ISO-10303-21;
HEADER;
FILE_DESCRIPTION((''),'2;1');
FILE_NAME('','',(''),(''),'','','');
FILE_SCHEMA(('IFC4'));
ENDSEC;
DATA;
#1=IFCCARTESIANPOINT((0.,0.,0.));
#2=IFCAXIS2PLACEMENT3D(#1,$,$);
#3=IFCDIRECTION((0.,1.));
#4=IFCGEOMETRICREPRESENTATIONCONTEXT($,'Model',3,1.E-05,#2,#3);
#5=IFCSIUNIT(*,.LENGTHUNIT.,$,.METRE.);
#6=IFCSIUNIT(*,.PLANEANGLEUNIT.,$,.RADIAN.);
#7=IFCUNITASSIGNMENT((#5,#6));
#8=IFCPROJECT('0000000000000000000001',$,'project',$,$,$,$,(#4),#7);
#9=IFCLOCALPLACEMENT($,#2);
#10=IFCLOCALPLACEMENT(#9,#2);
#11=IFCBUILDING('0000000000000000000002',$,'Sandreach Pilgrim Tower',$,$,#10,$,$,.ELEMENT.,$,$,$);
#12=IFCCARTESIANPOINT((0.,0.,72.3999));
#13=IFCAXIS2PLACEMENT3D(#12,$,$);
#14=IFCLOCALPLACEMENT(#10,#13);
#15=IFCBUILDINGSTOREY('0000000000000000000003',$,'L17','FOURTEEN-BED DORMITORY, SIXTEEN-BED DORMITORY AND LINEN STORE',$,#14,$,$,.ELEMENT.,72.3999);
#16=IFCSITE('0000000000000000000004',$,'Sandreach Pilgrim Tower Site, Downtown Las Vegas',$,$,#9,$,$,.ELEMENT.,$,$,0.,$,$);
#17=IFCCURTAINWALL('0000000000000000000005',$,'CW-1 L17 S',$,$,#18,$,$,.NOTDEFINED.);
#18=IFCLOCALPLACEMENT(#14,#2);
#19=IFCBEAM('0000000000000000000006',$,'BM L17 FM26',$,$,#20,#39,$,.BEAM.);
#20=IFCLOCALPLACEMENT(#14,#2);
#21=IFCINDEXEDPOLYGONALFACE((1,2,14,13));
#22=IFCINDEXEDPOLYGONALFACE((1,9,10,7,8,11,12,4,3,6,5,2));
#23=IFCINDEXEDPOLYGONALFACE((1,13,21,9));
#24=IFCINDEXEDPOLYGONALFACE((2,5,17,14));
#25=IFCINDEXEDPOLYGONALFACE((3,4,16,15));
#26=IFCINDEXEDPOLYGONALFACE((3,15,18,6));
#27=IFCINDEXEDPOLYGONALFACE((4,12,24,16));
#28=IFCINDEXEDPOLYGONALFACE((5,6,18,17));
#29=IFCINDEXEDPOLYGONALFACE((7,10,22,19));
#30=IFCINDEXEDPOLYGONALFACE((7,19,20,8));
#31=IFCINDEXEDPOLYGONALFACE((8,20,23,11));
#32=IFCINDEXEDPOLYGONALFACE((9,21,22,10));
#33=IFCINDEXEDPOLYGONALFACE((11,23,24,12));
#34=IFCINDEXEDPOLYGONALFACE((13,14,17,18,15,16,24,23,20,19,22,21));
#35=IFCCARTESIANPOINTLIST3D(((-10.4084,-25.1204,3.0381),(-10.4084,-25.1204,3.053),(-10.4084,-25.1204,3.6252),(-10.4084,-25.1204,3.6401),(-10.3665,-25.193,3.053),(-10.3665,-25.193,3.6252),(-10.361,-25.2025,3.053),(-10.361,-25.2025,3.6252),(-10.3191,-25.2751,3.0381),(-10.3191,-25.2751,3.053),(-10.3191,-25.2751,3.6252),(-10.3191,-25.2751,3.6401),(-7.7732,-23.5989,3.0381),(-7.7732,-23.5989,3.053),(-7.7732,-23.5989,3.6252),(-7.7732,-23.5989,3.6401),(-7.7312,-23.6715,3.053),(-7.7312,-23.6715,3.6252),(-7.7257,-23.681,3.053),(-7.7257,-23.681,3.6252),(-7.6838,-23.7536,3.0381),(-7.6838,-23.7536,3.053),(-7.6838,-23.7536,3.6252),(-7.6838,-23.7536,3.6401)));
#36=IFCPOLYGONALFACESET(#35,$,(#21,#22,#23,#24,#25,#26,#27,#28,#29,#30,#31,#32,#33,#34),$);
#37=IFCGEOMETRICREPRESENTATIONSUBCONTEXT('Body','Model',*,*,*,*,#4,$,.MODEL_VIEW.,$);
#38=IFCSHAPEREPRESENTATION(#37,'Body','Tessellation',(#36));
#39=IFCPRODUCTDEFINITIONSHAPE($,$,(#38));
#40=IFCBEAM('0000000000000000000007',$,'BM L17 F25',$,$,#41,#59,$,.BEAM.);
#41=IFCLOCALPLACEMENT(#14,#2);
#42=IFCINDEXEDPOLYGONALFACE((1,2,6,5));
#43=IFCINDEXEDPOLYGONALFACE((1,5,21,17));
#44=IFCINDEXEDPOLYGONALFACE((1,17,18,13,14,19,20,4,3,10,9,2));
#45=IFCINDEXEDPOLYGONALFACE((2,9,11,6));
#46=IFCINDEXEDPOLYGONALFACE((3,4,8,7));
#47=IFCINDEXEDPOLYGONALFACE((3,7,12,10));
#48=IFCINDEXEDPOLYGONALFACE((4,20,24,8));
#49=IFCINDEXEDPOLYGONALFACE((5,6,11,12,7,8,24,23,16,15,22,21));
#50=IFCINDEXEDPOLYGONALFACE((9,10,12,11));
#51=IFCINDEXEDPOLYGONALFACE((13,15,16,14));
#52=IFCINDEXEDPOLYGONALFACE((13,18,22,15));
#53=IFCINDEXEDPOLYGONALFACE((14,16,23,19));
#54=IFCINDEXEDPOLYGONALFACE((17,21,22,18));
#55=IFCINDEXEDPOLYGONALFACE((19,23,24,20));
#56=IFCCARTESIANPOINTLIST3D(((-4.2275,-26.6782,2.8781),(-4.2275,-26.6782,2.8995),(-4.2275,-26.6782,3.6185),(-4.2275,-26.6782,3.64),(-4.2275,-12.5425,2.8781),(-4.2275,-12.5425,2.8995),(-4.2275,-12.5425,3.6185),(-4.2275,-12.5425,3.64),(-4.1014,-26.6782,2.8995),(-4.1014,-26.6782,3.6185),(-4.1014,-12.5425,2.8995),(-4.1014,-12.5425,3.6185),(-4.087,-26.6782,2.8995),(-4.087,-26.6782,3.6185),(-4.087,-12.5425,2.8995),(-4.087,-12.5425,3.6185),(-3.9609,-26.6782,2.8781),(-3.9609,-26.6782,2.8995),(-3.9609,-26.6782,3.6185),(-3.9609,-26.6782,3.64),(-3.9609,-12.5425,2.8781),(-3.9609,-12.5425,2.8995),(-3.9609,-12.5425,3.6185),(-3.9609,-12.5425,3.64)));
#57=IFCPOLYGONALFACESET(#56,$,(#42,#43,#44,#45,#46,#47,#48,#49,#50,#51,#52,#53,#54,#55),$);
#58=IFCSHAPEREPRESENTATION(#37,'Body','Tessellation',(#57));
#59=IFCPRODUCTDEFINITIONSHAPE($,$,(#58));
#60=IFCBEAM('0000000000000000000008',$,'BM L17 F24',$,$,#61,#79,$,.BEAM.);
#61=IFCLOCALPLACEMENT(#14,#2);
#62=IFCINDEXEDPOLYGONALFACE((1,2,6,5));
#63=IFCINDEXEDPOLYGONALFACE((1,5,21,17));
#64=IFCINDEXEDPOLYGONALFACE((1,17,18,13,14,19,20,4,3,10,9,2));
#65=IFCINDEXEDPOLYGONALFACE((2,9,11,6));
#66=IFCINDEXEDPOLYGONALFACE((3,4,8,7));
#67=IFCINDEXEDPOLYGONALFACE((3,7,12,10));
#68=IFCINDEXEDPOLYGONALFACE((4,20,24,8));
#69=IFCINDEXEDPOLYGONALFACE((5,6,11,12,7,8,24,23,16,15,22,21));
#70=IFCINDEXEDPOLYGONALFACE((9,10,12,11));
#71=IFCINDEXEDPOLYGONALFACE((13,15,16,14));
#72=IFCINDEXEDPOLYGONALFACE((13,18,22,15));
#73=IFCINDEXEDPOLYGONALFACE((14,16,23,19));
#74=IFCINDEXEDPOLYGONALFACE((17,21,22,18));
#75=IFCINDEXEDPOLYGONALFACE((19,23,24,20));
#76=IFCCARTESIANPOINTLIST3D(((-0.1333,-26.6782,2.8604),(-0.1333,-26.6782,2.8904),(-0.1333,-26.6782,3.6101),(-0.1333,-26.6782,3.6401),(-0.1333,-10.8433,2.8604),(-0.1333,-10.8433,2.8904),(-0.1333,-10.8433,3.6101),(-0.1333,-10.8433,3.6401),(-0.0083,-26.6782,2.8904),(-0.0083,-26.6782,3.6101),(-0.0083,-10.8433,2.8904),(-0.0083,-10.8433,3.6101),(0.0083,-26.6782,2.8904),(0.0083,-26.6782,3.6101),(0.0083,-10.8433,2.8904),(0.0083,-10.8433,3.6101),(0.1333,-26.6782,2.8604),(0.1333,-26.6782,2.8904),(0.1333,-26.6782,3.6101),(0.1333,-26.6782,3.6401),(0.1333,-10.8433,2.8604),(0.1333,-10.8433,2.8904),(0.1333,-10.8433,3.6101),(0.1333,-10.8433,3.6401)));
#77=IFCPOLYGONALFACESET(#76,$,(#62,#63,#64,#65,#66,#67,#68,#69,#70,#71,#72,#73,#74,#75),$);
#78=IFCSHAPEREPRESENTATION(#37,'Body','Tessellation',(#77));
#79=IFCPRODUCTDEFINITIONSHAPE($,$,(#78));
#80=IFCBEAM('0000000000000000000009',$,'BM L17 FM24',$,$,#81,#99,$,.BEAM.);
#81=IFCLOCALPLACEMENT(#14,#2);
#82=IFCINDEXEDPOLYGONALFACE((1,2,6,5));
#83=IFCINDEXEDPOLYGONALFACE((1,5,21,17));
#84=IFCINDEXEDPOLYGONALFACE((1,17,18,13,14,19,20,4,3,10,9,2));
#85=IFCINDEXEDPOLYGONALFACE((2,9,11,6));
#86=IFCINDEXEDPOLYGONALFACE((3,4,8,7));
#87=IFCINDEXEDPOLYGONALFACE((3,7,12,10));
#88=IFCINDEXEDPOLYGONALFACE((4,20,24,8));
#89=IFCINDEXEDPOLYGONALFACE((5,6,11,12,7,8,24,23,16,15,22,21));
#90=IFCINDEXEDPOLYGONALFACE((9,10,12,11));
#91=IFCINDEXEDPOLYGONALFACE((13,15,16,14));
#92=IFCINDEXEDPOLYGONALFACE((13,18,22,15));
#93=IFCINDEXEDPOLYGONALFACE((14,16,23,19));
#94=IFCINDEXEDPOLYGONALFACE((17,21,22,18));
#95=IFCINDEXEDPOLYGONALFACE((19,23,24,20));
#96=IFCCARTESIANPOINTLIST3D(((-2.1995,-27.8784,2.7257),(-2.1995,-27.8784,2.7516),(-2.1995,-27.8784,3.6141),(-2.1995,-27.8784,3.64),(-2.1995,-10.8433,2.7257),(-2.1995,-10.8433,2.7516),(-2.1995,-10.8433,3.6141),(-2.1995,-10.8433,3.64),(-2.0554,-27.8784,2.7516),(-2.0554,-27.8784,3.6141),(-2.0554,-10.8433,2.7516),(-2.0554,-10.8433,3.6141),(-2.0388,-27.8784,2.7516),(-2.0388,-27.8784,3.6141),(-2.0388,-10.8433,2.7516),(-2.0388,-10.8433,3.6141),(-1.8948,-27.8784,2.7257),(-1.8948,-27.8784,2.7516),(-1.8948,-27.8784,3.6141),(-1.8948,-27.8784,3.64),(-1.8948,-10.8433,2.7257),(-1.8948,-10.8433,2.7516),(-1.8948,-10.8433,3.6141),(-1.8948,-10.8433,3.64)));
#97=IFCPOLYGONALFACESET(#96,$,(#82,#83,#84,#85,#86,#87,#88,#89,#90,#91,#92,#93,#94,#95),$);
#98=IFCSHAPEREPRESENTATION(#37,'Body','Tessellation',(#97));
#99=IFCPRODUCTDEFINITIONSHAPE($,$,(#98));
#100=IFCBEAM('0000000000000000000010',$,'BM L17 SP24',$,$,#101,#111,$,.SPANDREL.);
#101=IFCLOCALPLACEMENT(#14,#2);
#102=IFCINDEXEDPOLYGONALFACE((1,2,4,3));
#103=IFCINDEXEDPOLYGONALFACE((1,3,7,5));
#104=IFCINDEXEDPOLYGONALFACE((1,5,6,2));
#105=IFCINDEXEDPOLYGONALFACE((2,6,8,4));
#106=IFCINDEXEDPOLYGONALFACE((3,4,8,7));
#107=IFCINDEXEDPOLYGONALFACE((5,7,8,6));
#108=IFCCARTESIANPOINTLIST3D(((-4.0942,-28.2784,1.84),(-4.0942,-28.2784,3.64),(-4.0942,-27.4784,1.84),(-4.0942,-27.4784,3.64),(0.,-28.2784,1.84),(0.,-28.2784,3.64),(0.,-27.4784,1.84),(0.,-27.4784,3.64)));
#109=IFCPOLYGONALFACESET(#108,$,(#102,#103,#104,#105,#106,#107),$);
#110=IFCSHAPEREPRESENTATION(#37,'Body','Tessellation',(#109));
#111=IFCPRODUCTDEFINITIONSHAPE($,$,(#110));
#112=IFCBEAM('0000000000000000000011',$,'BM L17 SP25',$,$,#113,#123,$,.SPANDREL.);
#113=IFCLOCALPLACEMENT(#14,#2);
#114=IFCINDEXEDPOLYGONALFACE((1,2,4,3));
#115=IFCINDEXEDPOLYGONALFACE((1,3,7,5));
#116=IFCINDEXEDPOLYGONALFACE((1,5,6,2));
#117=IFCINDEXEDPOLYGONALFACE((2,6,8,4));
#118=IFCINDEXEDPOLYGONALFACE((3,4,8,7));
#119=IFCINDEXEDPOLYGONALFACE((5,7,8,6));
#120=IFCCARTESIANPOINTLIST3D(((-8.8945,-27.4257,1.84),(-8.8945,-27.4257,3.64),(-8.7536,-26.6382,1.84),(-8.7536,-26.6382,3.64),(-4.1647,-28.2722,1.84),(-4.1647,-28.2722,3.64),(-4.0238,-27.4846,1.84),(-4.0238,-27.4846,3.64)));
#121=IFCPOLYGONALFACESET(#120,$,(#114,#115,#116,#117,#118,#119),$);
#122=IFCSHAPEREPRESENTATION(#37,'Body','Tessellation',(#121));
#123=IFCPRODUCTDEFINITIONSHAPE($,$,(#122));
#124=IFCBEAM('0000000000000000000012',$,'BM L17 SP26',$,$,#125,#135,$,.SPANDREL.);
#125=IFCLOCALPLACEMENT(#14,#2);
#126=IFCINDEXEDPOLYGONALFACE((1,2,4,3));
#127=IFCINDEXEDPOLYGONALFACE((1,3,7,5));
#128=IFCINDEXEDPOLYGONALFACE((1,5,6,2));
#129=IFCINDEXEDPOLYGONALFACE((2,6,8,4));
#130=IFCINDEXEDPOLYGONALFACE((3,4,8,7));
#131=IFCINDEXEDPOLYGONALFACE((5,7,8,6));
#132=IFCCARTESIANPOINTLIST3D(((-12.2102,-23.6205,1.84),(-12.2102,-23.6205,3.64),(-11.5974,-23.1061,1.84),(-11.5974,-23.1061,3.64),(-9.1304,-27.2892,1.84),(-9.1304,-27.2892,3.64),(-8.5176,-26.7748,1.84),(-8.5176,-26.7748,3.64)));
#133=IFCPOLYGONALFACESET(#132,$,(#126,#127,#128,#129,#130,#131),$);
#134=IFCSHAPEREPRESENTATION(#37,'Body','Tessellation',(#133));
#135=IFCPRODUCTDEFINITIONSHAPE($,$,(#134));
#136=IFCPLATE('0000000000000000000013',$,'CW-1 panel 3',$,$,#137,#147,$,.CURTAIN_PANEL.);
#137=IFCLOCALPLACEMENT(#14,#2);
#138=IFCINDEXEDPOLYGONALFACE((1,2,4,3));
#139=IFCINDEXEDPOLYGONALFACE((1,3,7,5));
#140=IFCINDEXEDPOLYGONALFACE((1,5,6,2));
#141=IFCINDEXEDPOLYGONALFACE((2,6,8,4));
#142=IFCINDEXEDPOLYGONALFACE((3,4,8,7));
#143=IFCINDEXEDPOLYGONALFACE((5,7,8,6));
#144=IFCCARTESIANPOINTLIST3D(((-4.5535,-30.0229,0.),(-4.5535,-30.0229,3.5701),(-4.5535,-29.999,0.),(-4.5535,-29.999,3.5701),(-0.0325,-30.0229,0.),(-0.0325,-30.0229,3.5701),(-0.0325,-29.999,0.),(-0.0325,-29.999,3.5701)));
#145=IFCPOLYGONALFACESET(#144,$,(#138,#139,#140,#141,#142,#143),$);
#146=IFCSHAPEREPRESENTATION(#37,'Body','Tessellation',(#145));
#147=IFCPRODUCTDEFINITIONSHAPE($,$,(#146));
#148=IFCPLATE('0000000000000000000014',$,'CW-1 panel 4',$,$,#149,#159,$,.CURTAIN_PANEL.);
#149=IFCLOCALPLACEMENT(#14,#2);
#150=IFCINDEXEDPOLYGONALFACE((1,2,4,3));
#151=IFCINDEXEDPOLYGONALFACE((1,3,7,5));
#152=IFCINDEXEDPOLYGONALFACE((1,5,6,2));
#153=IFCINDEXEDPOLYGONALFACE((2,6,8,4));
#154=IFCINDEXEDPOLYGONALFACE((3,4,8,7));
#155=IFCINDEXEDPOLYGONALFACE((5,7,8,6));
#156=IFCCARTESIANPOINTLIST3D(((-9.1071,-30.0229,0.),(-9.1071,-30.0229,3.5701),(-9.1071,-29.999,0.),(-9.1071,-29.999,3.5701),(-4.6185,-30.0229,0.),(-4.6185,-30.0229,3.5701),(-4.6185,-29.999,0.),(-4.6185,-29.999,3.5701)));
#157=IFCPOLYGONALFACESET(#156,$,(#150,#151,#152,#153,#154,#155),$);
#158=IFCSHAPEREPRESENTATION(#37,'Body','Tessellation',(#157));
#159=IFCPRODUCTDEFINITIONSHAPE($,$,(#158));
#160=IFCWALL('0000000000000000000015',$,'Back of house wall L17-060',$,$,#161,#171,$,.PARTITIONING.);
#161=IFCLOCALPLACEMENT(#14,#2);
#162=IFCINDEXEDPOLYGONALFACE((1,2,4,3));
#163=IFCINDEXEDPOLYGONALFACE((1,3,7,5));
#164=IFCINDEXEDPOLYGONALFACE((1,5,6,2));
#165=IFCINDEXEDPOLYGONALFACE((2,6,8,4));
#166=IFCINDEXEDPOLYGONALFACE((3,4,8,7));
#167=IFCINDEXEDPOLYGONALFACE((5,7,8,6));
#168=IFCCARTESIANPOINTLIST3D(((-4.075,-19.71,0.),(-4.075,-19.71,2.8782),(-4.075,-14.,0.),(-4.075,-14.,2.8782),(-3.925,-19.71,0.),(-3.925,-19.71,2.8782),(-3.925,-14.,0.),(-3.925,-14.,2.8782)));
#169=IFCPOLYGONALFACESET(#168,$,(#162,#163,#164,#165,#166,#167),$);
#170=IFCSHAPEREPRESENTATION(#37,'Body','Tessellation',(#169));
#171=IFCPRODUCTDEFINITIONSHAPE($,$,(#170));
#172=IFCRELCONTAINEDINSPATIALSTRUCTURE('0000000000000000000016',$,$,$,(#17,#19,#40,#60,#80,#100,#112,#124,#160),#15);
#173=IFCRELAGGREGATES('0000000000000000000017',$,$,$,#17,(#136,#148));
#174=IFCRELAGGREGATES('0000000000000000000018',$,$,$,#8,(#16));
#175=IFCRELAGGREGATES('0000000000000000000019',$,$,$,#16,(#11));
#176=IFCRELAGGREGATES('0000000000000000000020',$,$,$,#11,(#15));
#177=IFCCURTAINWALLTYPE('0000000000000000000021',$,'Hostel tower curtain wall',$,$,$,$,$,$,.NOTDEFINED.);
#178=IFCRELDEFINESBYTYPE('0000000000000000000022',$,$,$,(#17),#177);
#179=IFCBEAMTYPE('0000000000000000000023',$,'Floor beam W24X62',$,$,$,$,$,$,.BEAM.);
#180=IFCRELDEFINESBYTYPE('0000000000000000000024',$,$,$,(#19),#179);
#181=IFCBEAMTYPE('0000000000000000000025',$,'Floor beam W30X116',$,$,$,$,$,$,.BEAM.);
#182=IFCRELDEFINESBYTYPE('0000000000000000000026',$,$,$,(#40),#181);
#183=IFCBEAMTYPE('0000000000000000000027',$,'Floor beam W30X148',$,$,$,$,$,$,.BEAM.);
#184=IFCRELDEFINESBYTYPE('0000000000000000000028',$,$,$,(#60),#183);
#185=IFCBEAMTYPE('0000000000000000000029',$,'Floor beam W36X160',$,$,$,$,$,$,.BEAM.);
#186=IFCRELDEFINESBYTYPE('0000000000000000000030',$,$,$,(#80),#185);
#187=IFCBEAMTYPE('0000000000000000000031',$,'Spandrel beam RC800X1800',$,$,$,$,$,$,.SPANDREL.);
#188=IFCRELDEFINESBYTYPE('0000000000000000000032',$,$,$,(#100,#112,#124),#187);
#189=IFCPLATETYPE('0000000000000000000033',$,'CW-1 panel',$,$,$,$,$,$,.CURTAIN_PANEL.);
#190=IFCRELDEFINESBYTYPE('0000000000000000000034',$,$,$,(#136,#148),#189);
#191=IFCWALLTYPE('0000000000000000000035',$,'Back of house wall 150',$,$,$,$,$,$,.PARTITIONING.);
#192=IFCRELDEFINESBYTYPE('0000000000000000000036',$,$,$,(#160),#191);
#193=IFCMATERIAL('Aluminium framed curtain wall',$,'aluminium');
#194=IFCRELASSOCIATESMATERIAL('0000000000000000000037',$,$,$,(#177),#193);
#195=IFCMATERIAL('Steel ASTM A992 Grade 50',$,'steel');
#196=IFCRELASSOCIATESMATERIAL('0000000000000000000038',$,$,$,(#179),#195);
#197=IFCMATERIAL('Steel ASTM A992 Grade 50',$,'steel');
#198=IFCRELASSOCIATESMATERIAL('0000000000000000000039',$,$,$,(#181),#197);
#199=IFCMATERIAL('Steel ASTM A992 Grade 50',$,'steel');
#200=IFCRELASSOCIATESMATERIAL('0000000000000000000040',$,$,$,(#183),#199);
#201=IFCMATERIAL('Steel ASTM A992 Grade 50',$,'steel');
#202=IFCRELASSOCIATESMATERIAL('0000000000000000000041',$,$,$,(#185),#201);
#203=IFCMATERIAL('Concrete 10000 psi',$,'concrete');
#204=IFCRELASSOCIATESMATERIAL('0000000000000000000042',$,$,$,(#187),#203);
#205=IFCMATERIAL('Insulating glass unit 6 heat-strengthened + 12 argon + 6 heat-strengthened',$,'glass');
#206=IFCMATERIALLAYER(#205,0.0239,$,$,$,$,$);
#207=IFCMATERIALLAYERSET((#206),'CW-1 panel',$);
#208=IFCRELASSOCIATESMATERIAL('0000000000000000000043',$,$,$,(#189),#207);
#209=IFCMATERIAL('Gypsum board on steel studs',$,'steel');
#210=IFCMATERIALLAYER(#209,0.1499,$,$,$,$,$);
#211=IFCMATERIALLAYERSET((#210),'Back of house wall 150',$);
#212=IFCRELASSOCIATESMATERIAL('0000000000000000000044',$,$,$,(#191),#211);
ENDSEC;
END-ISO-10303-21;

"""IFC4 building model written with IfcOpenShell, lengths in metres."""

from ifc_helpers import new_model, si_unit, direction, frame, frame_2d, origin, origin_2d, place, context, subcontext, project, spatial, rectangle, i_section, extrude, material, layer, layer_set, material_profile, profile_set, type_object, element, aggregate, save


model = new_model("IFC4")

# Units and contexts
model_context = context("Model", 3, precision=1e-05, world=origin(), true_north=direction((0.0, 1.0)))
body_context = subcontext(model_context, "Body", "Model", "MODEL_VIEW")
ifc_project = project(units=[si_unit("LENGTHUNIT", "METRE"), si_unit("PLANEANGLEUNIT", "RADIAN")], contexts=[model_context])

# Site, building, storey
site_placement = place(None, origin())
site = spatial("IfcSite", under=ifc_project, at=site_placement, Name="Sandreach Pilgrim Tower Site, Downtown Las Vegas", CompositionType="ELEMENT", RefElevation=0.0)
building_placement = place(site_placement, origin())
building = spatial("IfcBuilding", under=site, at=building_placement, Name="Sandreach Pilgrim Tower", CompositionType="ELEMENT")
storey_placement = place(building_placement, frame((0.0, 0.0, 72.3999)))
storey = spatial("IfcBuildingStorey", under=building, at=storey_placement, Name="L17", Description="FOURTEEN-BED DORMITORY, SIXTEEN-BED DORMITORY AND LINEN STORE", CompositionType="ELEMENT", Elevation=72.3999)

# Curtain wall
ifc_material_1 = material(Name="Aluminium framed curtain wall", Category="aluminium")
curtain_wall_type = type_object("IfcCurtainWallType", Name="Hostel tower curtain wall", PredefinedType="NOTDEFINED", material=ifc_material_1)
curtain_wall_1_placement = place(storey_placement, origin())
curtain_wall_1 = element("IfcCurtainWall", 1, at=curtain_wall_1_placement, inside=storey, type_object=curtain_wall_type, Name="CW-1 L17 S", PredefinedType="NOTDEFINED")

# Beams
ifc_material_2 = material(Name="Steel ASTM A992 Grade 50", Category="steel")
ifc_material_profile_1 = material_profile(ifc_material_2, i_section(OverallWidth=0.1787, OverallDepth=0.6021, WebThickness=0.011, FlangeThickness=0.0149, at=origin_2d()), Name="W24X62")
ifc_profile_set_1 = profile_set([ifc_material_profile_1], Name="Steel ASTM A992 Grade 50")
beam_type_1 = type_object("IfcBeamType", Name="Floor beam W24X62", PredefinedType="BEAM", material=ifc_profile_set_1)
beam_1_placement = place(storey_placement, frame((-10.3638, -25.1978, 3.3391), z_axis=(0.866023, 0.500005, 0.0), x_axis=(-0.500005, 0.866023, 0.0)))
element("IfcBeam", 2, at=beam_1_placement, inside=storey, type_object=beam_type_1, Name="BM L17 FM26", PredefinedType="BEAM", context=body_context, shape_type="SweptSolid", body=[
    extrude(i_section(OverallWidth=0.1787, OverallDepth=0.6021, WebThickness=0.011, FlangeThickness=0.0149, at=origin_2d()), origin(), (0.0, 0.0, 1.0), 3.043),
])
ifc_material_3 = material(Name="Steel ASTM A992 Grade 50", Category="steel")
ifc_material_profile_2 = material_profile(ifc_material_3, i_section(OverallWidth=0.2666, OverallDepth=0.762, WebThickness=0.0144, FlangeThickness=0.0215, at=origin_2d()), Name="W30X116")
ifc_profile_set_2 = profile_set([ifc_material_profile_2], Name="Steel ASTM A992 Grade 50")
beam_type_2 = type_object("IfcBeamType", Name="Floor beam W30X116", PredefinedType="BEAM", material=ifc_profile_set_2)
beam_2_placement = place(storey_placement, frame((-4.0942, -26.6782, 3.259), z_axis=(0.0, 1.0, 0.0), x_axis=(-1.0, 0.0, 0.0)))
element("IfcBeam", 3, at=beam_2_placement, inside=storey, type_object=beam_type_2, Name="BM L17 F25", PredefinedType="BEAM", context=body_context, shape_type="SweptSolid", body=[
    extrude(i_section(OverallWidth=0.2666, OverallDepth=0.762, WebThickness=0.0144, FlangeThickness=0.0215, at=origin_2d()), origin(), (0.0, 0.0, 1.0), 14.1357),
])
ifc_material_4 = material(Name="Steel ASTM A992 Grade 50", Category="steel")
ifc_material_profile_3 = material_profile(ifc_material_4, i_section(OverallWidth=0.2666, OverallDepth=0.7798, WebThickness=0.0166, FlangeThickness=0.03, at=origin_2d()), Name="W30X148")
ifc_profile_set_3 = profile_set([ifc_material_profile_3], Name="Steel ASTM A992 Grade 50")
beam_type_3 = type_object("IfcBeamType", Name="Floor beam W30X148", PredefinedType="BEAM", material=ifc_profile_set_3)
beam_3_placement = place(storey_placement, frame((0.0, -26.6782, 3.2502), z_axis=(0.0, 1.0, 0.0), x_axis=(-1.0, 0.0, 0.0)))
element("IfcBeam", 4, at=beam_3_placement, inside=storey, type_object=beam_type_3, Name="BM L17 F24", PredefinedType="BEAM", context=body_context, shape_type="SweptSolid", body=[
    extrude(i_section(OverallWidth=0.2666, OverallDepth=0.7798, WebThickness=0.0166, FlangeThickness=0.03, at=origin_2d()), origin(), (0.0, 0.0, 1.0), 15.835),
])
ifc_material_5 = material(Name="Steel ASTM A992 Grade 50", Category="steel")
ifc_material_profile_4 = material_profile(ifc_material_5, i_section(OverallWidth=0.3047, OverallDepth=0.9143, WebThickness=0.0166, FlangeThickness=0.0259, at=origin_2d()), Name="W36X160")
ifc_profile_set_4 = profile_set([ifc_material_profile_4], Name="Steel ASTM A992 Grade 50")
beam_type_4 = type_object("IfcBeamType", Name="Floor beam W36X160", PredefinedType="BEAM", material=ifc_profile_set_4)
beam_4_placement = place(storey_placement, frame((-2.0471, -27.8784, 3.1829), z_axis=(0.0, 1.0, 0.0), x_axis=(-1.0, 0.0, 0.0)))
element("IfcBeam", 5, at=beam_4_placement, inside=storey, type_object=beam_type_4, Name="BM L17 FM24", PredefinedType="BEAM", context=body_context, shape_type="SweptSolid", body=[
    extrude(i_section(OverallWidth=0.3047, OverallDepth=0.9143, WebThickness=0.0166, FlangeThickness=0.0259, at=origin_2d()), origin(), (0.0, 0.0, 1.0), 17.0352),
])
ifc_material_6 = material(Name="Concrete 10000 psi", Category="concrete")
ifc_material_profile_5 = material_profile(ifc_material_6, rectangle(XDim=0.8, YDim=1.8, at=origin_2d()), Name="RC800X1800")
ifc_profile_set_5 = profile_set([ifc_material_profile_5], Name="Concrete 10000 psi")
beam_type_5 = type_object("IfcBeamType", Name="Spandrel beam RC800X1800", PredefinedType="SPANDREL", material=ifc_profile_set_5)
beam_5_placement = place(storey_placement, frame((0.0, -27.8784, 2.74), z_axis=(-1.0, 0.0, 0.0), x_axis=(0.0, -1.0, 0.0)))
element("IfcBeam", 6, at=beam_5_placement, inside=storey, type_object=beam_type_5, Name="BM L17 SP24", PredefinedType="SPANDREL", context=body_context, shape_type="SweptSolid", body=[
    extrude(rectangle(XDim=0.8, YDim=1.8, at=origin_2d()), origin(), (0.0, 0.0, 1.0), 4.0942),
])
beam_6_placement = place(storey_placement, frame((-4.0942, -27.8784, 2.74), z_axis=(-0.984361, 0.176162, 0.0), x_axis=(-0.176162, -0.984361, 0.0)))
element("IfcBeam", 7, at=beam_6_placement, inside=storey, type_object=beam_type_5, Name="BM L17 SP25", PredefinedType="SPANDREL", context=body_context, shape_type="SweptSolid", body=[
    extrude(rectangle(XDim=0.8, YDim=1.8, at=origin_2d()), origin(), (0.0, 0.0, 1.0), 4.8049),
])
beam_7_placement = place(storey_placement, frame((-8.824, -27.032, 2.74), z_axis=(-0.642963, 0.765898, 0.0), x_axis=(-0.765898, -0.642963, 0.0)))
element("IfcBeam", 8, at=beam_7_placement, inside=storey, type_object=beam_type_5, Name="BM L17 SP26", PredefinedType="SPANDREL", context=body_context, shape_type="SweptSolid", body=[
    extrude(rectangle(XDim=0.8, YDim=1.8, at=origin_2d()), origin(), (0.0, 0.0, 1.0), 4.79),
])

# Plates
ifc_material_7 = material(Name="Insulating glass unit 6 heat-strengthened + 12 argon + 6 heat-strengthened", Category="glass")
ifc_layer_1 = layer(ifc_material_7, 0.0239)
ifc_layer_set_1 = layer_set([ifc_layer_1], Name="CW-1 panel")
plate_type = type_object("IfcPlateType", Name="CW-1 panel", PredefinedType="CURTAIN_PANEL", material=ifc_layer_set_1)
plate_1_placement = place(storey_placement, frame((-2.293, -30.011, 0.0), z_axis=(0.0, 0.0, 1.0), x_axis=(-1.0, 0.0, 0.0)))
plate_1 = element("IfcPlate", 9, at=plate_1_placement, type_object=plate_type, Name="CW-1 panel 3", PredefinedType="CURTAIN_PANEL", context=body_context, shape_type="SweptSolid", body=[
    extrude(rectangle(XDim=4.521, YDim=0.0239, at=origin_2d()), origin(), (0.0, 0.0, 1.0), 3.5701),
])
plate_2_placement = place(storey_placement, frame((-6.8628, -30.011, 0.0), z_axis=(0.0, 0.0, 1.0), x_axis=(-1.0, 0.0, 0.0)))
plate_2 = element("IfcPlate", 10, at=plate_2_placement, type_object=plate_type, Name="CW-1 panel 4", PredefinedType="CURTAIN_PANEL", context=body_context, shape_type="SweptSolid", body=[
    extrude(rectangle(XDim=4.4885, YDim=0.0239, at=origin_2d()), origin(), (0.0, 0.0, 1.0), 3.5701),
])
aggregate(curtain_wall_1, [plate_1, plate_2])

# Wall
ifc_material_8 = material(Name="Gypsum board on steel studs", Category="steel")
ifc_layer_2 = layer(ifc_material_8, 0.1499)
ifc_layer_set_2 = layer_set([ifc_layer_2], Name="Back of house wall 150")
wall_type_1 = type_object("IfcWallType", Name="Back of house wall 150", PredefinedType="PARTITIONING", material=ifc_layer_set_2)
wall_1_placement = place(storey_placement, frame((-4.0, -14.0, 0.0), z_axis=(0.0, 0.0, 1.0), x_axis=(0.0, -1.0, 0.0)))
element("IfcWall", 11, at=wall_1_placement, inside=storey, type_object=wall_type_1, Name="Back of house wall L17-060", PredefinedType="PARTITIONING", context=body_context, shape_type="SweptSolid", body=[
    extrude(rectangle(XDim=5.71, YDim=0.1499, at=frame_2d((2.855, 0.0))), origin(), (0.0, 0.0, 1.0), 2.8782),
])

save(model, "model.ifc")
